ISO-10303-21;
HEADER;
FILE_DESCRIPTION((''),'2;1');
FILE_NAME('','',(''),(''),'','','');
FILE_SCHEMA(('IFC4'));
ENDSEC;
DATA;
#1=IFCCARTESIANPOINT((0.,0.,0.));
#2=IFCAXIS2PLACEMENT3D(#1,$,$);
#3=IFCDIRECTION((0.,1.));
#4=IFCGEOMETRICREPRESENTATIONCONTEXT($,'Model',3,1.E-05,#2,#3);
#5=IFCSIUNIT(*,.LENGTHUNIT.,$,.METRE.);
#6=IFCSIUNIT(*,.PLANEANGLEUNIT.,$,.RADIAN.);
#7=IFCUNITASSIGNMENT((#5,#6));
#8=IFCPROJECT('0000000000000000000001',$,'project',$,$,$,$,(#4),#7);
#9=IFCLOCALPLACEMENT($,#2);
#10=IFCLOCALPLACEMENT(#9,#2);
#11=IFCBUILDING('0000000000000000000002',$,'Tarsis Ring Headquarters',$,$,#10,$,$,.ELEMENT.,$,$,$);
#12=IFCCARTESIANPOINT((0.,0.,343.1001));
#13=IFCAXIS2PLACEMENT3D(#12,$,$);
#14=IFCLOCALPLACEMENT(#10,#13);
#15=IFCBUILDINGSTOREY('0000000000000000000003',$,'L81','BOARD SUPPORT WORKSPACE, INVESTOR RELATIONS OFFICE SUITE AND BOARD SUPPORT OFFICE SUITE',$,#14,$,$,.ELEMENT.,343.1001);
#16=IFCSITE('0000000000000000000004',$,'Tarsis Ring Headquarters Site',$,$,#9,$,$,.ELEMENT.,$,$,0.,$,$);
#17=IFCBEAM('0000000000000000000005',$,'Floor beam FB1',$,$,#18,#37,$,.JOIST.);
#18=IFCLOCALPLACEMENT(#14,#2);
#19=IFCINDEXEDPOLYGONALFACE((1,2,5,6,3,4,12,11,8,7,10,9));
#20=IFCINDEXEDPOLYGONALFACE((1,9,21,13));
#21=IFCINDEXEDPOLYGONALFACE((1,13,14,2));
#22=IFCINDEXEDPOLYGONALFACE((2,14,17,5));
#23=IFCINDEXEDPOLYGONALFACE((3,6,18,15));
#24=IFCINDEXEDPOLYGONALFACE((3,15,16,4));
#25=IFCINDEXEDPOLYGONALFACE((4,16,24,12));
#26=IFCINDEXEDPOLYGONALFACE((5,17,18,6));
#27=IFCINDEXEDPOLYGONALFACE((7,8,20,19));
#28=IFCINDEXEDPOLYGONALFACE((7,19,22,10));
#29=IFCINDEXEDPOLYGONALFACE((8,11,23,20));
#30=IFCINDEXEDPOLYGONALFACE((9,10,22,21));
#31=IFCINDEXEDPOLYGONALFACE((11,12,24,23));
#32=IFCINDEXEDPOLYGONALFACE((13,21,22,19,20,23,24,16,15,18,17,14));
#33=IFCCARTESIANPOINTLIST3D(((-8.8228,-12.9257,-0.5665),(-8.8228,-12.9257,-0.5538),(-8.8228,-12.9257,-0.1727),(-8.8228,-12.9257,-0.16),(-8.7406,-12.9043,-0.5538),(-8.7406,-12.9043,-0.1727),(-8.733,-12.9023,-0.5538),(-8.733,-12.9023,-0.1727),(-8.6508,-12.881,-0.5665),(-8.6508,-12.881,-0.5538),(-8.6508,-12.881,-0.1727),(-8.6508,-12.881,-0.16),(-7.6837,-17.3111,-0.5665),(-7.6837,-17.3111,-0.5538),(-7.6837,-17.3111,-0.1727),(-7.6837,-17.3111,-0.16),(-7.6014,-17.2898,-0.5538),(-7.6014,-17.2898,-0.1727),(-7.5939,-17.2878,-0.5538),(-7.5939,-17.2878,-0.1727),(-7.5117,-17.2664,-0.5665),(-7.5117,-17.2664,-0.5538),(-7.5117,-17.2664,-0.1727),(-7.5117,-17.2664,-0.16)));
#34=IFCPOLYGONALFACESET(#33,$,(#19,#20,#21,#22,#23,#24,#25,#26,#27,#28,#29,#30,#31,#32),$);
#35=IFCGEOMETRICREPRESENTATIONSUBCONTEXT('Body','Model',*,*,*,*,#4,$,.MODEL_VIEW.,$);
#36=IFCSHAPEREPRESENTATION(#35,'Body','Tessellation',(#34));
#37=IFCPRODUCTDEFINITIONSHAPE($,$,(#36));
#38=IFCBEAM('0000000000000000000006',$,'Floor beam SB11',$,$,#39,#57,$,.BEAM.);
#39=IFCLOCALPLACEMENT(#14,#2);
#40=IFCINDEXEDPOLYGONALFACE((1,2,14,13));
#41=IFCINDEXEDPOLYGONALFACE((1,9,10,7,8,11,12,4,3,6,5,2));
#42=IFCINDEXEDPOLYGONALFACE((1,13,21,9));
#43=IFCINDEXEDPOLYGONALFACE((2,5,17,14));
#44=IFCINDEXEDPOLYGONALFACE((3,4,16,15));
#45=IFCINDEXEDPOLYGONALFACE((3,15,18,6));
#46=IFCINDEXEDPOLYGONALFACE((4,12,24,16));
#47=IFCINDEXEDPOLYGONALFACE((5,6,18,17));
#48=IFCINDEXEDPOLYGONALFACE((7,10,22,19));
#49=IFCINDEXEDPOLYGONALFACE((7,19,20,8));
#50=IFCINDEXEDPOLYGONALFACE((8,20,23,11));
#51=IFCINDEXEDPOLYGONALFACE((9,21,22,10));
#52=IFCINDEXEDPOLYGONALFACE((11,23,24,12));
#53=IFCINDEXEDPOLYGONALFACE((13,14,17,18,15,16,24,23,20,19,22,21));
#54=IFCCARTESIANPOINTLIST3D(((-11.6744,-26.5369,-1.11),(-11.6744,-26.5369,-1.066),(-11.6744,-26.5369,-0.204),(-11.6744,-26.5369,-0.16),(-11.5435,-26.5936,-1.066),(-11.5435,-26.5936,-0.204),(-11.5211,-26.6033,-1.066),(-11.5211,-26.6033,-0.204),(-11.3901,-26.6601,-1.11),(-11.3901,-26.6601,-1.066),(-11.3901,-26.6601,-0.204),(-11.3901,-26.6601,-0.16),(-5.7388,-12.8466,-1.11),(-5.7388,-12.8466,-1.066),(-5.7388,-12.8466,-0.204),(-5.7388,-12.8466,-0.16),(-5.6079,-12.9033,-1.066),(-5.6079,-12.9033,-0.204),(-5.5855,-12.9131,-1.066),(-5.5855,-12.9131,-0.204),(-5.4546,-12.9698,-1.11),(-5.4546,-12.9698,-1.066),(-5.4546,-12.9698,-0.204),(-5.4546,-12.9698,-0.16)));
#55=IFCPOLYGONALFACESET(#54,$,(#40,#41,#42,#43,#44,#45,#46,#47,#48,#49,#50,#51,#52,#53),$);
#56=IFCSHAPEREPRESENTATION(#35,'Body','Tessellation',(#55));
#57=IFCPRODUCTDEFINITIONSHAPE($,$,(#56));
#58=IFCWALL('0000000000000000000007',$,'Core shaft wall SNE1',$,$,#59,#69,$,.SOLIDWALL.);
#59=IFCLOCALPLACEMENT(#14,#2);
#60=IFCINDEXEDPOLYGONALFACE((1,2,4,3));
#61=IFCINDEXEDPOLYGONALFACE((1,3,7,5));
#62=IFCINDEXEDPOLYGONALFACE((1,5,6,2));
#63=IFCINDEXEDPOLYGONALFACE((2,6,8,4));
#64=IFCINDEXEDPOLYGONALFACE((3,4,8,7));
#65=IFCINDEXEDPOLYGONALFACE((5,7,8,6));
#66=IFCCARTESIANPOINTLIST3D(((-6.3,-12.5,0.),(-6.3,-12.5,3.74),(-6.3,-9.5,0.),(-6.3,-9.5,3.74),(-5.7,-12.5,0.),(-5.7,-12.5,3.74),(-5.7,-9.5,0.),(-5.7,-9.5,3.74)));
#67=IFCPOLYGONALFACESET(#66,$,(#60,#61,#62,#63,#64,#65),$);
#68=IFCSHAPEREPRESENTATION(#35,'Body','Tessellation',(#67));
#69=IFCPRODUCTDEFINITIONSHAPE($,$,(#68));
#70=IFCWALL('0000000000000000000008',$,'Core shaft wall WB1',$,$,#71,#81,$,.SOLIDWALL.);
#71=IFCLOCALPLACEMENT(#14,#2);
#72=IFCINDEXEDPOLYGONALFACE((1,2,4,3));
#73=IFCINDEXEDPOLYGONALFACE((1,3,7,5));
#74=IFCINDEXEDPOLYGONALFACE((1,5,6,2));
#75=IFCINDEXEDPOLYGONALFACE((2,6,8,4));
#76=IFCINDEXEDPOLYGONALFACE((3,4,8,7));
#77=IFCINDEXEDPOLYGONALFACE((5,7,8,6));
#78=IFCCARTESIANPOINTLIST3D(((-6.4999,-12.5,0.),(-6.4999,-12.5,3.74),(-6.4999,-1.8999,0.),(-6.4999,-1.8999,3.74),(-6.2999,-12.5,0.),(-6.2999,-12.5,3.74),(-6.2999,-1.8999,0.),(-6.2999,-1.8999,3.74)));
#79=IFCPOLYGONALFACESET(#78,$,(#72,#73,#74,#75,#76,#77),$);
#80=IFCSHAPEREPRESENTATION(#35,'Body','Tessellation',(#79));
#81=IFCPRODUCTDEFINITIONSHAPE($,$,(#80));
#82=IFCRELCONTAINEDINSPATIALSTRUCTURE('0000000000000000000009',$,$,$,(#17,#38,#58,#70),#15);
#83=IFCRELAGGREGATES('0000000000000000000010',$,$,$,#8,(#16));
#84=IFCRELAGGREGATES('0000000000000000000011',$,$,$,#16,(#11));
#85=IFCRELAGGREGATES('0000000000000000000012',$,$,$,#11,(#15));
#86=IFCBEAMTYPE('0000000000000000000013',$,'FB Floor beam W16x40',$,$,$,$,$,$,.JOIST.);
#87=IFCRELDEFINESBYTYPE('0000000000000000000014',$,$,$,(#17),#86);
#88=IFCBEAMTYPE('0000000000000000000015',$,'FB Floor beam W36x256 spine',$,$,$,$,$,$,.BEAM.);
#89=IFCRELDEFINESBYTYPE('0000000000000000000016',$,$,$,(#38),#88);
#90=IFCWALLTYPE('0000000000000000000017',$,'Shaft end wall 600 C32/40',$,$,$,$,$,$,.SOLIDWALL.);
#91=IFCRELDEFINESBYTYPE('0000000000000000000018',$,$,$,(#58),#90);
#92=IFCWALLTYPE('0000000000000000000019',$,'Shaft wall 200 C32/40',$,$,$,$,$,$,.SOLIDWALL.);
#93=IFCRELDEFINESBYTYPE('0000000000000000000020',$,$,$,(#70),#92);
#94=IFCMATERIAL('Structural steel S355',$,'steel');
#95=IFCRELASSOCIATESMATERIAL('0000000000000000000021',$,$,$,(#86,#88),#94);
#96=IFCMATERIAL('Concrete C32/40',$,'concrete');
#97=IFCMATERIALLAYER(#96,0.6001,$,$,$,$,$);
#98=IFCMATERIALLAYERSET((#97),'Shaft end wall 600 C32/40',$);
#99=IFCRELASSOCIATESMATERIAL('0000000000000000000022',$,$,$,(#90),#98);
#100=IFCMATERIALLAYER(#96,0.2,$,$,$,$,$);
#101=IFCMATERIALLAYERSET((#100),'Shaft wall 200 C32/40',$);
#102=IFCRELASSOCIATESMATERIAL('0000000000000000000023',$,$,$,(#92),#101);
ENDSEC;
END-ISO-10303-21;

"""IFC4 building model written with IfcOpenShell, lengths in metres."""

from ifc_helpers import new_model, si_unit, direction, frame, frame_2d, origin, origin_2d, place, context, subcontext, project, spatial, rectangle, i_section, extrude, material, layer, layer_set, material_profile, profile_set, type_object, element, save


model = new_model("IFC4")

# Units and contexts
model_context = context("Model", 3, precision=1e-05, world=origin(), true_north=direction((0.0, 1.0)))
body_context = subcontext(model_context, "Body", "Model", "MODEL_VIEW")
ifc_project = project(units=[si_unit("LENGTHUNIT", "METRE"), si_unit("PLANEANGLEUNIT", "RADIAN")], contexts=[model_context])

# Site, building, storey
site_placement = place(None, origin())
site = spatial("IfcSite", under=ifc_project, at=site_placement, Name="Tarsis Ring Headquarters Site", CompositionType="ELEMENT", RefElevation=0.0)
building_placement = place(site_placement, origin())
building = spatial("IfcBuilding", under=site, at=building_placement, Name="Tarsis Ring Headquarters", CompositionType="ELEMENT")
storey_placement = place(building_placement, frame((0.0, 0.0, 343.1001)))
storey = spatial("IfcBuildingStorey", under=building, at=storey_placement, Name="L81", Description="BOARD SUPPORT WORKSPACE, INVESTOR RELATIONS OFFICE SUITE AND BOARD SUPPORT OFFICE SUITE", CompositionType="ELEMENT", Elevation=343.1001)

# Beams
ifc_material_1 = material(Name="Structural steel S355", Category="steel")
ifc_material_profile_1 = material_profile(ifc_material_1, i_section(OverallWidth=0.1777, OverallDepth=0.4065, WebThickness=0.0078, FlangeThickness=0.0127, at=origin_2d()), Name="W16x40")
ifc_profile_set_1 = profile_set([ifc_material_profile_1], Name="Structural steel S355")
beam_type_1 = type_object("IfcBeamType", Name="FB Floor beam W16x40", PredefinedType="JOIST", material=ifc_profile_set_1)
beam_1_placement = place(storey_placement, frame((-8.7368, -12.9033, -0.3633), z_axis=(0.251413, -0.96788, 0.0), x_axis=(0.96788, 0.251413, 0.0)))
element("IfcBeam", 1, at=beam_1_placement, inside=storey, type_object=beam_type_1, Name="Floor beam FB1", PredefinedType="JOIST", context=body_context, shape_type="SweptSolid", body=[
    extrude(i_section(OverallWidth=0.1777, OverallDepth=0.4065, WebThickness=0.0078, FlangeThickness=0.0127, at=origin_2d()), origin(), (0.0, 0.0, 1.0), 4.531),
])
ifc_material_profile_2 = material_profile(ifc_material_1, i_section(OverallWidth=0.3098, OverallDepth=0.95, WebThickness=0.0244, FlangeThickness=0.0439, at=origin_2d()), Name="W36x256")
ifc_profile_set_2 = profile_set([ifc_material_profile_2], Name="Structural steel S355")
beam_type_2 = type_object("IfcBeamType", Name="FB Floor beam W36x256 spine", PredefinedType="BEAM", material=ifc_profile_set_2)
beam_2_placement = place(storey_placement, frame((-5.5967, -12.9082, -0.635), z_axis=(-0.397784, -0.917479, 0.0), x_axis=(0.917479, -0.397784, 0.0)))
element("IfcBeam", 2, at=beam_2_placement, inside=storey, type_object=beam_type_2, Name="Floor beam SB11", PredefinedType="BEAM", context=body_context, shape_type="SweptSolid", body=[
    extrude(i_section(OverallWidth=0.3098, OverallDepth=0.95, WebThickness=0.0244, FlangeThickness=0.0439, at=origin_2d()), origin(), (0.0, 0.0, 1.0), 14.9216),
])

# Walls
ifc_material_2 = material(Name="Concrete C32/40", Category="concrete")
ifc_layer_1 = layer(ifc_material_2, 0.6001)
ifc_layer_set_1 = layer_set([ifc_layer_1], Name="Shaft end wall 600 C32/40")
wall_type_1 = type_object("IfcWallType", Name="Shaft end wall 600 C32/40", PredefinedType="SOLIDWALL", material=ifc_layer_set_1)
wall_1_placement = place(storey_placement, frame((-6.0, -12.5, 0.0), z_axis=(0.0, 0.0, 1.0), x_axis=(0.0, 1.0, 0.0)))
element("IfcWall", 3, at=wall_1_placement, inside=storey, type_object=wall_type_1, Name="Core shaft wall SNE1", PredefinedType="SOLIDWALL", context=body_context, shape_type="SweptSolid", body=[
    extrude(rectangle(XDim=3.0, YDim=0.6001, at=frame_2d((1.5, 0.0))), origin(), (0.0, 0.0, 1.0), 3.74),
])
ifc_layer_2 = layer(ifc_material_2, 0.2)
ifc_layer_set_2 = layer_set([ifc_layer_2], Name="Shaft wall 200 C32/40")
wall_type_2 = type_object("IfcWallType", Name="Shaft wall 200 C32/40", PredefinedType="SOLIDWALL", material=ifc_layer_set_2)
wall_2_placement = place(storey_placement, frame((-6.3999, -12.5, 0.0), z_axis=(0.0, 0.0, 1.0), x_axis=(0.0, 1.0, 0.0)))
element("IfcWall", 4, at=wall_2_placement, inside=storey, type_object=wall_type_2, Name="Core shaft wall WB1", PredefinedType="SOLIDWALL", context=body_context, shape_type="SweptSolid", body=[
    extrude(rectangle(XDim=10.6001, YDim=0.2, at=frame_2d((5.3, 0.0))), origin(), (0.0, 0.0, 1.0), 3.74),
])

save(model, "model.ifc")
